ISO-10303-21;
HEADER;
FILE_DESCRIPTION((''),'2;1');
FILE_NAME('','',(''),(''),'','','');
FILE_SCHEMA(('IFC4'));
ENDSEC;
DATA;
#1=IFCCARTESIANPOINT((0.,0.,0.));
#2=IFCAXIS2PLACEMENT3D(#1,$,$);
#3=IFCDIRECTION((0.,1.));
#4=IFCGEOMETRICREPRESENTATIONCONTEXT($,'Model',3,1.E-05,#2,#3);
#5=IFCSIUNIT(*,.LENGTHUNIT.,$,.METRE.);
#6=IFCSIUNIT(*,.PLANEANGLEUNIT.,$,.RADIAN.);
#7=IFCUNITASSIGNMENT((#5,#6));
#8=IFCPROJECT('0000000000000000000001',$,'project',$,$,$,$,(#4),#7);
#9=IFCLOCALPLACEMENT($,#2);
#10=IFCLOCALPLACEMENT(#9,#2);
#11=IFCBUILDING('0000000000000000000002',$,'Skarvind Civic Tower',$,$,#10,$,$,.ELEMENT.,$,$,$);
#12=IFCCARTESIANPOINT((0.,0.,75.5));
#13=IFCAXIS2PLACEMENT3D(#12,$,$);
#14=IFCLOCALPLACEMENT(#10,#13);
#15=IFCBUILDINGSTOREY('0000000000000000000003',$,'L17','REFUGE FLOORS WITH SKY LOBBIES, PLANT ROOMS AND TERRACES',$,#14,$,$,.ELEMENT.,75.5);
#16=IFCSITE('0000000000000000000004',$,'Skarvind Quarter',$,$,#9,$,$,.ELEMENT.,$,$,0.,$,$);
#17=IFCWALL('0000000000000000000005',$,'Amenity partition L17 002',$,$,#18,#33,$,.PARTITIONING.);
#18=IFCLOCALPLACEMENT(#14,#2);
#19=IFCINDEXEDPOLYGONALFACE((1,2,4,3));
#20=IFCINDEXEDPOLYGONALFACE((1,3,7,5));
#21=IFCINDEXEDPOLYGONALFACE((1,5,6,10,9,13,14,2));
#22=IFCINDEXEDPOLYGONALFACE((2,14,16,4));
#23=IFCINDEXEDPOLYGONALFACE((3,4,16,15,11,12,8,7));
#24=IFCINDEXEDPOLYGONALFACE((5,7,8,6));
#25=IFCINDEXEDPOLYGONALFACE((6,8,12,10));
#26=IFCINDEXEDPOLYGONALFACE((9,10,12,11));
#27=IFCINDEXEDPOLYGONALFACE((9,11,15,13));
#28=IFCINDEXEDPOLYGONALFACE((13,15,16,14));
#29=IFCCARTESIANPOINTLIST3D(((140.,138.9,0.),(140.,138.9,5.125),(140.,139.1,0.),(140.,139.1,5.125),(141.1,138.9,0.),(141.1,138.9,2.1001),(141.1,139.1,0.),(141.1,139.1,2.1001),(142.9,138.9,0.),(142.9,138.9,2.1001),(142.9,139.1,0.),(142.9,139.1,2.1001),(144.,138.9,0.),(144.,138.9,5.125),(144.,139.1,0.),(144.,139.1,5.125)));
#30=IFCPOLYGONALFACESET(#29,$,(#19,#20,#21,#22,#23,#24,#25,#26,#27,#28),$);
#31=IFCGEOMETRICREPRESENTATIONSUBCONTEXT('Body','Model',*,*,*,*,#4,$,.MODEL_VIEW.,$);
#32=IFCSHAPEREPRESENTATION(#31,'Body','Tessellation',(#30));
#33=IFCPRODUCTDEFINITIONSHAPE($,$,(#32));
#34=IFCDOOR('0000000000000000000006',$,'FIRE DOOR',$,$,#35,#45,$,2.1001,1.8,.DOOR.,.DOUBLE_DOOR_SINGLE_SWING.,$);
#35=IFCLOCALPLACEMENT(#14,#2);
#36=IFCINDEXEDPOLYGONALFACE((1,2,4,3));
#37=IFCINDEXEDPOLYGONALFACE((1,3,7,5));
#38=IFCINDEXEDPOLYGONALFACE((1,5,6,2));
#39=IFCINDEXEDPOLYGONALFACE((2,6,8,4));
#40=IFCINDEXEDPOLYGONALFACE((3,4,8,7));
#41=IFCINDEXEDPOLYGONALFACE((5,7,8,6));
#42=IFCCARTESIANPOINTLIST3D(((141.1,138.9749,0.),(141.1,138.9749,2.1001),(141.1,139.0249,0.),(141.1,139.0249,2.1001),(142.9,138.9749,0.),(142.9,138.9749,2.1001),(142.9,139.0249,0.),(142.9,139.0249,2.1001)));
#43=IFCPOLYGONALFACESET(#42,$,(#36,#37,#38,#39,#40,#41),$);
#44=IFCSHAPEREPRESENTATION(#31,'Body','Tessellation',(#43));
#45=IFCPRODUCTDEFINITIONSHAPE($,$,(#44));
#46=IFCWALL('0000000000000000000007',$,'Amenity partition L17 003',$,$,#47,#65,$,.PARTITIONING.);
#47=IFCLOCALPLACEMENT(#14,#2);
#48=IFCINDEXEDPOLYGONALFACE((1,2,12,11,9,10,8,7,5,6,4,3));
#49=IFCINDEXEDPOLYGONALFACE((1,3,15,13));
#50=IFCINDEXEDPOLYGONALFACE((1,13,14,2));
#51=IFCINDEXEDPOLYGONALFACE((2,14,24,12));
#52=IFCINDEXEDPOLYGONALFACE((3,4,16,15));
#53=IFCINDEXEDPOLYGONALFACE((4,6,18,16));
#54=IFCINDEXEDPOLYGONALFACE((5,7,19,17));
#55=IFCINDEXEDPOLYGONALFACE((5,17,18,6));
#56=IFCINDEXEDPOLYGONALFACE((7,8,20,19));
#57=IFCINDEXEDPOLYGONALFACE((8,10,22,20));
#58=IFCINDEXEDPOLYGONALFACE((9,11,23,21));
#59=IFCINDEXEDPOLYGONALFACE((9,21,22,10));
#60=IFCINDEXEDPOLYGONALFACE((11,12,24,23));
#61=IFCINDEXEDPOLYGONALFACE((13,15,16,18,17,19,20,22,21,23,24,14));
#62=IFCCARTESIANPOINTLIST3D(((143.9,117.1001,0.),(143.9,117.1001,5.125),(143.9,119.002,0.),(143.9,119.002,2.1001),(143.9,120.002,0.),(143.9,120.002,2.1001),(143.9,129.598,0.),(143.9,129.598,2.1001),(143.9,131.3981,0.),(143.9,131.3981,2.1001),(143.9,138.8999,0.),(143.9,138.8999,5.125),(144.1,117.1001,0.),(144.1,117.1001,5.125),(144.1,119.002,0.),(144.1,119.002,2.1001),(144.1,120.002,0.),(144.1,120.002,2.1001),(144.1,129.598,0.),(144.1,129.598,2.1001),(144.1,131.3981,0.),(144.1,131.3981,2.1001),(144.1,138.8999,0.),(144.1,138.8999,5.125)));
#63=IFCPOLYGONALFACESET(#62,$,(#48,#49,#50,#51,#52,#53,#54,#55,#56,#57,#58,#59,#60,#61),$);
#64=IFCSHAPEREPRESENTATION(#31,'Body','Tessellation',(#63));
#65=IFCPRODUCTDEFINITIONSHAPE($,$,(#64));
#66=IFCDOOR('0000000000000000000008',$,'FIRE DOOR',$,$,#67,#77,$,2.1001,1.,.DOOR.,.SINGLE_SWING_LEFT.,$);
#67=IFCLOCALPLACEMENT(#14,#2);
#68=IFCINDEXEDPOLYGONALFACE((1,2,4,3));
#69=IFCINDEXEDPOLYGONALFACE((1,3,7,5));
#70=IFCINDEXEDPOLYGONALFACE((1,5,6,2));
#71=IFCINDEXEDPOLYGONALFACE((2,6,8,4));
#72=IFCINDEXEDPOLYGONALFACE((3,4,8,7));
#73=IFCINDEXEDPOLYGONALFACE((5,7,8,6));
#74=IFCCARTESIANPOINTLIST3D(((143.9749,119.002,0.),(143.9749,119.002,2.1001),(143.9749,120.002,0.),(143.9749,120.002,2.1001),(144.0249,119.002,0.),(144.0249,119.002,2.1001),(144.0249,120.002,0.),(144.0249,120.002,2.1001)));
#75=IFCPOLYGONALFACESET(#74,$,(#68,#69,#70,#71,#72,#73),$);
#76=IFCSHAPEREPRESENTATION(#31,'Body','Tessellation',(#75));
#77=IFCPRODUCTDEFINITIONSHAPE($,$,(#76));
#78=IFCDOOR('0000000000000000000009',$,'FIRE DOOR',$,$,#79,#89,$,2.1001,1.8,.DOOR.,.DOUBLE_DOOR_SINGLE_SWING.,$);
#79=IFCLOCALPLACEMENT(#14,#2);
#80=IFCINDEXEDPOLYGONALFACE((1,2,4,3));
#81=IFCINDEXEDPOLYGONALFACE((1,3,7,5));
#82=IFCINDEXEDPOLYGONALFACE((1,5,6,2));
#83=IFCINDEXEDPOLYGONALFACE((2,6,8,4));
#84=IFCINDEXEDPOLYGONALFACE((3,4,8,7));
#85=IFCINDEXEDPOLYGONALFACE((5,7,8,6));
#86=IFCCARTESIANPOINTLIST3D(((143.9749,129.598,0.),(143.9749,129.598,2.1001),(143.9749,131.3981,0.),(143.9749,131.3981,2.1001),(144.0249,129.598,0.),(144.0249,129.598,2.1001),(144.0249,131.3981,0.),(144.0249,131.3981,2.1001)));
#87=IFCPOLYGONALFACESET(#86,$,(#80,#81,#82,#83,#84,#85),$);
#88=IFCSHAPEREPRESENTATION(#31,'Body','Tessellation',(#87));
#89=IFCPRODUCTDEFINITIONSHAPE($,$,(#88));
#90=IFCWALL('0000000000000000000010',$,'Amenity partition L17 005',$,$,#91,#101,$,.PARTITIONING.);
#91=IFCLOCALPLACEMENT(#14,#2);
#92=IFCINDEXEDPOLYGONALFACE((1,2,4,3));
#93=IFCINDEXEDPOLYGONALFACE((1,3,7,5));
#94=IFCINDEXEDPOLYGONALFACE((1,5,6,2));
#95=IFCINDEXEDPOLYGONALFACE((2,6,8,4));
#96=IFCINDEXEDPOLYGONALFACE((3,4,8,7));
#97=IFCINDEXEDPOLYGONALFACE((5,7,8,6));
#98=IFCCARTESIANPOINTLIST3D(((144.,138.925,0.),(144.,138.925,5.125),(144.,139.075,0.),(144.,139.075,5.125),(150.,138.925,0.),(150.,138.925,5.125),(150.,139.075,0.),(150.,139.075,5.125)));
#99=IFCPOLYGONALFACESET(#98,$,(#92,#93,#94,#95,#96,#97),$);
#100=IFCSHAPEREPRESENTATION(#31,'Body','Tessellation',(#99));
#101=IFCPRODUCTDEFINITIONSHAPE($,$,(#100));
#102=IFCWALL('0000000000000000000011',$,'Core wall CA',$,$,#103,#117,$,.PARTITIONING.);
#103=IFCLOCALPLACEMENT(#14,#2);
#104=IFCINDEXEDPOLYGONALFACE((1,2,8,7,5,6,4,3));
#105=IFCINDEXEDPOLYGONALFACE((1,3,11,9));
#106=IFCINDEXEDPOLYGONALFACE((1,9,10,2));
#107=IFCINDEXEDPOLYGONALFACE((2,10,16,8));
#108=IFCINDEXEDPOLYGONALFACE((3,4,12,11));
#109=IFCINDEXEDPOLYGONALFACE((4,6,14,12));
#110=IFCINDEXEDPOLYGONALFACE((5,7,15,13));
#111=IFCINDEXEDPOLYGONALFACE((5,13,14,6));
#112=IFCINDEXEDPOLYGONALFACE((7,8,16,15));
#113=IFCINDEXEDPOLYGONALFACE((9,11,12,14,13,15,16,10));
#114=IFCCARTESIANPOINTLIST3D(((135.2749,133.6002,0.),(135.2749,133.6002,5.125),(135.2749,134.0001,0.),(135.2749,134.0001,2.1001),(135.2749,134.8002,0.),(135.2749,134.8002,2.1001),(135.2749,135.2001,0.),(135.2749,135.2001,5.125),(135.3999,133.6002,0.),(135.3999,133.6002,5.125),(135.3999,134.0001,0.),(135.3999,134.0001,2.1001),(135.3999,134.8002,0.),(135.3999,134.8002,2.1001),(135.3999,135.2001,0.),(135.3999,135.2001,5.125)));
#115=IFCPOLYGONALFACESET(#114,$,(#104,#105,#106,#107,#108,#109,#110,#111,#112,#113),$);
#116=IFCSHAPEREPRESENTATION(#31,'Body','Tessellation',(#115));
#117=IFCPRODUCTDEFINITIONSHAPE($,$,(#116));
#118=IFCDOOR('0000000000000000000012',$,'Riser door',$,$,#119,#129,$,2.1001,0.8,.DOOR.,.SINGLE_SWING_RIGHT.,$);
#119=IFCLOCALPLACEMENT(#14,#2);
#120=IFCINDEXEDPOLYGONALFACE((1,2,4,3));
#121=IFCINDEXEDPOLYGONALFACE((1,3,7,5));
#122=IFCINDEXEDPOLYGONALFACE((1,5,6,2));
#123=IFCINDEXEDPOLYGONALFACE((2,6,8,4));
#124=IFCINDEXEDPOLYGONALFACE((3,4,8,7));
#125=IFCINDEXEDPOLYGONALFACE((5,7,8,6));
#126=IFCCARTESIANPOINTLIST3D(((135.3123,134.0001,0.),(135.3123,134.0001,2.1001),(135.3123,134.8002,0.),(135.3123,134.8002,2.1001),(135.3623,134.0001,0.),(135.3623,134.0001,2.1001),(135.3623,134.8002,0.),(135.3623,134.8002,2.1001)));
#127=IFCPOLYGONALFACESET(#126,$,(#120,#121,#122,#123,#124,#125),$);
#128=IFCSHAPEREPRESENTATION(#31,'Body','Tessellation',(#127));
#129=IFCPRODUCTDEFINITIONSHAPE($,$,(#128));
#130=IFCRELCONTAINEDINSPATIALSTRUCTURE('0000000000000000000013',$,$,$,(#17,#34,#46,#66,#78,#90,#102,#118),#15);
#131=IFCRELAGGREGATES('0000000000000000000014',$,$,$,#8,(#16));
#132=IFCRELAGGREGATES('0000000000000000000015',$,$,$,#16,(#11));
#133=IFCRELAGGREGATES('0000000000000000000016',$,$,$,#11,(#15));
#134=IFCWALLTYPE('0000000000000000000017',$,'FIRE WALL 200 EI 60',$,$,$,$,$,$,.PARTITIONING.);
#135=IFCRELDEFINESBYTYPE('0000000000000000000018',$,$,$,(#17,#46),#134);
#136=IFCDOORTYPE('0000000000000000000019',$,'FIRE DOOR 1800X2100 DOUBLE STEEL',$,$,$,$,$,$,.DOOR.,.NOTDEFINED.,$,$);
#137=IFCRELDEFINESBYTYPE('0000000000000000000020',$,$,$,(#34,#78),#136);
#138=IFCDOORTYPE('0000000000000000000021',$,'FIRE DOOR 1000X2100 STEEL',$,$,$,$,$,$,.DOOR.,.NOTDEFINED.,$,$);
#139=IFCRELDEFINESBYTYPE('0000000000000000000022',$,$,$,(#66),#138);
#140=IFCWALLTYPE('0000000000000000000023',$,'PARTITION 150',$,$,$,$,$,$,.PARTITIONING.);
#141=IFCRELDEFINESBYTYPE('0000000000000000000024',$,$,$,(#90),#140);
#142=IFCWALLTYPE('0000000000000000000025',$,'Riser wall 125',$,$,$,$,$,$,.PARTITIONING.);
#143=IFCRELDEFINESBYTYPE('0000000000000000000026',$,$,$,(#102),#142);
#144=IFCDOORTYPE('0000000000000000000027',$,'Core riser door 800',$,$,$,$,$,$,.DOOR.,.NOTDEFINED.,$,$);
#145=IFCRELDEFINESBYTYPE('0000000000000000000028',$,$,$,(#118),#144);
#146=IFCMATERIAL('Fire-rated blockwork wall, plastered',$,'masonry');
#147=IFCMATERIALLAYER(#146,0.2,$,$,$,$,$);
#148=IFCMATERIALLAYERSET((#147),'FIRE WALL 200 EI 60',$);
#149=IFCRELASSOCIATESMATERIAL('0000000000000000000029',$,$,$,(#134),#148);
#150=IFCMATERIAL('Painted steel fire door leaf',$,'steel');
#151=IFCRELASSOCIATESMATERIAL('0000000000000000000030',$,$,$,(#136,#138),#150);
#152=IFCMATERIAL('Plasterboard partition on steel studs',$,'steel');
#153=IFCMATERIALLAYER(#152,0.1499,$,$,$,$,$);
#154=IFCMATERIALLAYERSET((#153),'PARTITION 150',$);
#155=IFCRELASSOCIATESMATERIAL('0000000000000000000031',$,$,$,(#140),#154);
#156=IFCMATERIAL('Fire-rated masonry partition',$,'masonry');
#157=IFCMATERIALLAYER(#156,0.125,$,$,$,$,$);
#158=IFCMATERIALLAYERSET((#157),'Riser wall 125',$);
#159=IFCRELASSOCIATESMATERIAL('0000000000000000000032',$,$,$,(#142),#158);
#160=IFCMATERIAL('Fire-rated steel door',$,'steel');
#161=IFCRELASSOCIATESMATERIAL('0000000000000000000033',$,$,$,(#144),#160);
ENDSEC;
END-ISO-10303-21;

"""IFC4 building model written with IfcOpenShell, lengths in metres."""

from ifc_helpers import new_model, si_unit, direction, frame, frame_2d, origin, place, context, subcontext, project, spatial, rectangle, extrude, material, layer, layer_set, type_object, element, fill, save


model = new_model("IFC4")

# Units and contexts
model_context = context("Model", 3, precision=1e-05, world=origin(), true_north=direction((0.0, 1.0)))
body_context = subcontext(model_context, "Body", "Model", "MODEL_VIEW")
ifc_project = project(units=[si_unit("LENGTHUNIT", "METRE"), si_unit("PLANEANGLEUNIT", "RADIAN")], contexts=[model_context])

# Site, building, storey
site_placement = place(None, origin())
site = spatial("IfcSite", under=ifc_project, at=site_placement, Name="Skarvind Quarter", CompositionType="ELEMENT", RefElevation=0.0)
building_placement = place(site_placement, origin())
building = spatial("IfcBuilding", under=site, at=building_placement, Name="Skarvind Civic Tower", CompositionType="ELEMENT")
storey_placement = place(building_placement, frame((0.0, 0.0, 75.5)))
storey = spatial("IfcBuildingStorey", under=building, at=storey_placement, Name="L17", Description="REFUGE FLOORS WITH SKY LOBBIES, PLANT ROOMS AND TERRACES", CompositionType="ELEMENT", Elevation=75.5)

# Shared definitions
ifc_material_1 = material(Name="Fire-rated masonry partition", Category="masonry")
ifc_material_2 = material(Name="Fire-rated steel door", Category="steel")

# Wall, opening, door
ifc_material_3 = material(Name="Fire-rated blockwork wall, plastered", Category="masonry")
ifc_layer_1 = layer(ifc_material_3, 0.2)
ifc_layer_set_1 = layer_set([ifc_layer_1], Name="FIRE WALL 200 EI 60")
wall_type_1 = type_object("IfcWallType", Name="FIRE WALL 200 EI 60", PredefinedType="PARTITIONING", material=ifc_layer_set_1)
wall_1_placement = place(storey_placement, frame((140.0, 139.0, 0.0), z_axis=(0.0, 0.0, 1.0), x_axis=(1.0, 0.0, 0.0)))
wall_1 = element("IfcWall", 1, at=wall_1_placement, inside=storey, type_object=wall_type_1, Name="Amenity partition L17 002", PredefinedType="PARTITIONING", context=body_context, shape_type="SweptSolid", body=[
    extrude(rectangle(XDim=4.0, YDim=0.2, at=frame_2d((2.0, 0.0))), origin(), (0.0, 0.0, 1.0), 5.125),
])
opening_1_placement = place(wall_1_placement, frame((1.1001, 0.0, 0.0)))
opening_1 = element("IfcOpeningElement", 2, at=opening_1_placement, cuts=wall_1, PredefinedType="OPENING", context=body_context, shape_type="SweptSolid", body=[
    extrude(rectangle(XDim=1.8, YDim=2.1001, at=frame_2d((0.8999, 1.05))), frame((0.0, 0.1099, 0.0), z_axis=(0.0, -1.0, 0.0), x_axis=(1.0, 0.0, 0.0)), (0.0, 0.0, 1.0), 0.22),
])
ifc_material_4 = material(Name="Painted steel fire door leaf", Category="steel")
door_type_1 = type_object("IfcDoorType", Name="FIRE DOOR 1800X2100 DOUBLE STEEL", OperationType="NOTDEFINED", PredefinedType="DOOR", material=ifc_material_4)
door_1_placement = place(opening_1_placement, origin())
door_1 = element("IfcDoor", 3, at=door_1_placement, inside=storey, type_object=door_type_1, Name="FIRE DOOR", OperationType="DOUBLE_DOOR_SINGLE_SWING", OverallHeight=2.1001, OverallWidth=1.8, PredefinedType="DOOR", context=body_context, shape_type="SweptSolid", body=[
    extrude(rectangle(XDim=1.8, YDim=2.1001, at=frame_2d((0.8999, 1.05))), frame((0.0, 0.0249, 0.0), z_axis=(0.0, -1.0, 0.0), x_axis=(1.0, 0.0, 0.0)), (0.0, 0.0, 1.0), 0.05),
])
fill(opening_1, door_1)

# Wall, openings, doors
wall_2_placement = place(storey_placement, frame((144.0, 138.8999, 0.0), z_axis=(0.0, 0.0, 1.0), x_axis=(0.0, -1.0, 0.0)))
wall_2 = element("IfcWall", 4, at=wall_2_placement, inside=storey, type_object=wall_type_1, Name="Amenity partition L17 003", PredefinedType="PARTITIONING", context=body_context, shape_type="SweptSolid", body=[
    extrude(rectangle(XDim=21.7998, YDim=0.2, at=frame_2d((10.8999, 0.0))), origin(), (0.0, 0.0, 1.0), 5.125),
])
opening_2_placement = place(wall_2_placement, frame((18.8979, 0.0, 0.0)))
opening_2 = element("IfcOpeningElement", 5, at=opening_2_placement, cuts=wall_2, PredefinedType="OPENING", context=body_context, shape_type="SweptSolid", body=[
    extrude(rectangle(XDim=1.0, YDim=2.1001, at=frame_2d((0.5, 1.05))), frame((0.0, 0.1099, 0.0), z_axis=(0.0, -1.0, 0.0), x_axis=(1.0, 0.0, 0.0)), (0.0, 0.0, 1.0), 0.22),
])
opening_3_placement = place(wall_2_placement, frame((7.502, 0.0, 0.0)))
opening_3 = element("IfcOpeningElement", 6, at=opening_3_placement, cuts=wall_2, PredefinedType="OPENING", context=body_context, shape_type="SweptSolid", body=[
    extrude(rectangle(XDim=1.8, YDim=2.1001, at=frame_2d((0.8999, 1.05))), frame((0.0, 0.1099, 0.0), z_axis=(0.0, -1.0, 0.0), x_axis=(1.0, 0.0, 0.0)), (0.0, 0.0, 1.0), 0.22),
])
door_type_2 = type_object("IfcDoorType", Name="FIRE DOOR 1000X2100 STEEL", OperationType="NOTDEFINED", PredefinedType="DOOR", material=ifc_material_4)
door_2_placement = place(opening_2_placement, origin())
door_2 = element("IfcDoor", 7, at=door_2_placement, inside=storey, type_object=door_type_2, Name="FIRE DOOR", OperationType="SINGLE_SWING_LEFT", OverallHeight=2.1001, OverallWidth=1.0, PredefinedType="DOOR", context=body_context, shape_type="SweptSolid", body=[
    extrude(rectangle(XDim=1.0, YDim=2.1001, at=frame_2d((0.5, 1.05))), frame((0.0, 0.0249, 0.0), z_axis=(0.0, -1.0, 0.0), x_axis=(1.0, 0.0, 0.0)), (0.0, 0.0, 1.0), 0.05),
])
fill(opening_2, door_2)
door_3_placement = place(opening_3_placement, origin())
door_3 = element("IfcDoor", 8, at=door_3_placement, inside=storey, type_object=door_type_1, Name="FIRE DOOR", OperationType="DOUBLE_DOOR_SINGLE_SWING", OverallHeight=2.1001, OverallWidth=1.8, PredefinedType="DOOR", context=body_context, shape_type="SweptSolid", body=[
    extrude(rectangle(XDim=1.8, YDim=2.1001, at=frame_2d((0.8999, 1.05))), frame((0.0, 0.0249, 0.0), z_axis=(0.0, -1.0, 0.0), x_axis=(1.0, 0.0, 0.0)), (0.0, 0.0, 1.0), 0.05),
])
fill(opening_3, door_3)

# Wall
ifc_material_5 = material(Name="Plasterboard partition on steel studs", Category="steel")
ifc_layer_2 = layer(ifc_material_5, 0.1499)
ifc_layer_set_2 = layer_set([ifc_layer_2], Name="PARTITION 150")
wall_type_2 = type_object("IfcWallType", Name="PARTITION 150", PredefinedType="PARTITIONING", material=ifc_layer_set_2)
wall_3_placement = place(storey_placement, frame((144.0, 139.0, 0.0), z_axis=(0.0, 0.0, 1.0), x_axis=(1.0, 0.0, 0.0)))
element("IfcWall", 9, at=wall_3_placement, inside=storey, type_object=wall_type_2, Name="Amenity partition L17 005", PredefinedType="PARTITIONING", context=body_context, shape_type="SweptSolid", body=[
    extrude(rectangle(XDim=6.0, YDim=0.1499, at=frame_2d((3.0, 0.0))), origin(), (0.0, 0.0, 1.0), 5.125),
])

# Wall, opening, door
ifc_layer_3 = layer(ifc_material_1, 0.125)
ifc_layer_set_3 = layer_set([ifc_layer_3], Name="Riser wall 125")
wall_type_3 = type_object("IfcWallType", Name="Riser wall 125", PredefinedType="PARTITIONING", material=ifc_layer_set_3)
wall_4_placement = place(storey_placement, frame((135.3374, 135.2, 0.0), z_axis=(0.0, 0.0, 1.0), x_axis=(0.0, -1.0, 0.0)))
wall_4 = element("IfcWall", 10, at=wall_4_placement, inside=storey, type_object=wall_type_3, Name="Core wall CA", PredefinedType="PARTITIONING", context=body_context, shape_type="SweptSolid", body=[
    extrude(rectangle(XDim=1.5999, YDim=0.125, at=frame_2d((0.7998, 0.0))), origin(), (0.0, 0.0, 1.0), 5.125),
])
opening_4_placement = place(wall_4_placement, frame((0.3999, 0.0, 0.0)))
opening_4 = element("IfcOpeningElement", 11, at=opening_4_placement, cuts=wall_4, PredefinedType="OPENING", context=body_context, shape_type="SweptSolid", body=[
    extrude(rectangle(XDim=0.8, YDim=2.1001, at=frame_2d((0.3999, 1.05))), frame((0.0, 0.0725, 0.0), z_axis=(0.0, -1.0, 0.0), x_axis=(1.0, 0.0, 0.0)), (0.0, 0.0, 1.0), 0.145),
])
door_type_3 = type_object("IfcDoorType", Name="Core riser door 800", OperationType="NOTDEFINED", PredefinedType="DOOR", material=ifc_material_2)
door_4_placement = place(opening_4_placement, origin())
door_4 = element("IfcDoor", 12, at=door_4_placement, inside=storey, type_object=door_type_3, Name="Riser door", OperationType="SINGLE_SWING_RIGHT", OverallHeight=2.1001, OverallWidth=0.8, PredefinedType="DOOR", context=body_context, shape_type="SweptSolid", body=[
    extrude(rectangle(XDim=0.8, YDim=2.1001, at=frame_2d((0.3999, 1.05))), frame((0.0, 0.0249, 0.0), z_axis=(0.0, -1.0, 0.0), x_axis=(1.0, 0.0, 0.0)), (0.0, 0.0, 1.0), 0.05),
])
fill(opening_4, door_4)

save(model, "model.ifc")
